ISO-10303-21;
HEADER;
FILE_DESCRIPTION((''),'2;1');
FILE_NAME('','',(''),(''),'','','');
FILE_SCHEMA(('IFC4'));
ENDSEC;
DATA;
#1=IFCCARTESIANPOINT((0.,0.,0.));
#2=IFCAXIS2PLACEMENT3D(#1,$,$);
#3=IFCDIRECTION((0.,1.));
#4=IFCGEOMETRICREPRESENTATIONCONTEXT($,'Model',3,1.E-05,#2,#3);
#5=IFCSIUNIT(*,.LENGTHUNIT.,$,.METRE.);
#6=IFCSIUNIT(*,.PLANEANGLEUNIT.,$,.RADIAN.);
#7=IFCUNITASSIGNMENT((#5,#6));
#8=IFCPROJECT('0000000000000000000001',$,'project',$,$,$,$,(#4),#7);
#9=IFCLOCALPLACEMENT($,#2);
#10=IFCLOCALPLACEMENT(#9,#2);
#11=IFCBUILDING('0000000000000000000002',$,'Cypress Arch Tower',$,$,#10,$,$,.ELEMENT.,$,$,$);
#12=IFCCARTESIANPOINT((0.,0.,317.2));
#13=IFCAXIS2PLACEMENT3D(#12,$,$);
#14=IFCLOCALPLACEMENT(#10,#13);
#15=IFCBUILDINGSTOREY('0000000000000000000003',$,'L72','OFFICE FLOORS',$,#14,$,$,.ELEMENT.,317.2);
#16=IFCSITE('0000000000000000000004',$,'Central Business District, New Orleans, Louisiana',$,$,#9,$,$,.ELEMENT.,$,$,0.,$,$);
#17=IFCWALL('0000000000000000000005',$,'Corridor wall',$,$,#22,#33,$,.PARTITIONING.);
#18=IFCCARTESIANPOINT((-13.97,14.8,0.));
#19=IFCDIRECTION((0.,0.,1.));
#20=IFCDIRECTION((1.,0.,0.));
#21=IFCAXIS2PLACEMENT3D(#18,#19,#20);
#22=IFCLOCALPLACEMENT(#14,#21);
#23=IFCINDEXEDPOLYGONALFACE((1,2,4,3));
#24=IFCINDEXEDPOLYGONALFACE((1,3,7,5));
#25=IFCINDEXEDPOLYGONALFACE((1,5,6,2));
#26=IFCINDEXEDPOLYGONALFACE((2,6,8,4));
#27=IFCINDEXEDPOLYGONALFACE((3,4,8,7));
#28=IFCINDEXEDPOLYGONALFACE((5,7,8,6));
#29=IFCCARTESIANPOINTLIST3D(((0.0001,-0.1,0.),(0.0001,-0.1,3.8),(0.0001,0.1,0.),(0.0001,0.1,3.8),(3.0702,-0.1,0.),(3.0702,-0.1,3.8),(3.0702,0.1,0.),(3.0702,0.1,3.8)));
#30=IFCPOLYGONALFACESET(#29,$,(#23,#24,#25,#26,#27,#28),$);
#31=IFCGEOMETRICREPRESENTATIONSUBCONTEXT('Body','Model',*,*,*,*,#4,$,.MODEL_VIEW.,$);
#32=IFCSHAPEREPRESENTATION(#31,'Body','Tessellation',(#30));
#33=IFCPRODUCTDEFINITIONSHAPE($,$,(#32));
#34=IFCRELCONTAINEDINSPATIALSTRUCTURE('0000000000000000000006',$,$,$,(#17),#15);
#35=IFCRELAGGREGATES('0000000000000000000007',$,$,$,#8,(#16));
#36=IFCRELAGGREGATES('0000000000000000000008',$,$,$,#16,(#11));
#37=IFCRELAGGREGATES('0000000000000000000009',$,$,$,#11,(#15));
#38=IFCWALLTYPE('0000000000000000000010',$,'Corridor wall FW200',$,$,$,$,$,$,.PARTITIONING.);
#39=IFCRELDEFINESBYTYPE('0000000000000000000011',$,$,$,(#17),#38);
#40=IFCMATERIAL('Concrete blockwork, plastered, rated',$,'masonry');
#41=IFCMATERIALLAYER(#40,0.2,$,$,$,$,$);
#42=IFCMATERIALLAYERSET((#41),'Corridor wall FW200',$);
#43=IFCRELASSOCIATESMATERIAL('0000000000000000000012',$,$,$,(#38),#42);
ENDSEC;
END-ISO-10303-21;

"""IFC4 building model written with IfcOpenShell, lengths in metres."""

from ifc_helpers import new_model, si_unit, direction, frame, frame_2d, origin, place, context, subcontext, project, spatial, rectangle, extrude, material, layer, layer_set, type_object, element, save


model = new_model("IFC4")

# Units and contexts
model_context = context("Model", 3, precision=1e-05, world=origin(), true_north=direction((0.0, 1.0)))
body_context = subcontext(model_context, "Body", "Model", "MODEL_VIEW")
ifc_project = project(units=[si_unit("LENGTHUNIT", "METRE"), si_unit("PLANEANGLEUNIT", "RADIAN")], contexts=[model_context])

# Site, building, storey
site_placement = place(None, origin())
site = spatial("IfcSite", under=ifc_project, at=site_placement, Name="Central Business District, New Orleans, Louisiana", CompositionType="ELEMENT", RefElevation=0.0)
building_placement = place(site_placement, origin())
building = spatial("IfcBuilding", under=site, at=building_placement, Name="Cypress Arch Tower", CompositionType="ELEMENT")
storey_placement = place(building_placement, frame((0.0, 0.0, 317.2)))
storey = spatial("IfcBuildingStorey", under=building, at=storey_placement, Name="L72", Description="OFFICE FLOORS", CompositionType="ELEMENT", Elevation=317.2)

# Wall
ifc_material_1 = material(Name="Concrete blockwork, plastered, rated", Category="masonry")
ifc_layer_1 = layer(ifc_material_1, 0.2)
ifc_layer_set_1 = layer_set([ifc_layer_1], Name="Corridor wall FW200")
wall_type_1 = type_object("IfcWallType", Name="Corridor wall FW200", PredefinedType="PARTITIONING", material=ifc_layer_set_1)
wall_1_placement = place(storey_placement, frame((-13.97, 14.8, 0.0), z_axis=(0.0, 0.0, 1.0), x_axis=(1.0, 0.0, 0.0)))
element("IfcWall", 1, at=wall_1_placement, inside=storey, type_object=wall_type_1, Name="Corridor wall", PredefinedType="PARTITIONING", context=body_context, shape_type="SweptSolid", body=[
    extrude(rectangle(XDim=3.0701, YDim=0.2, at=frame_2d((1.5352, 0.0))), origin(), (0.0, 0.0, 1.0), 3.8),
])

save(model, "model.ifc")
